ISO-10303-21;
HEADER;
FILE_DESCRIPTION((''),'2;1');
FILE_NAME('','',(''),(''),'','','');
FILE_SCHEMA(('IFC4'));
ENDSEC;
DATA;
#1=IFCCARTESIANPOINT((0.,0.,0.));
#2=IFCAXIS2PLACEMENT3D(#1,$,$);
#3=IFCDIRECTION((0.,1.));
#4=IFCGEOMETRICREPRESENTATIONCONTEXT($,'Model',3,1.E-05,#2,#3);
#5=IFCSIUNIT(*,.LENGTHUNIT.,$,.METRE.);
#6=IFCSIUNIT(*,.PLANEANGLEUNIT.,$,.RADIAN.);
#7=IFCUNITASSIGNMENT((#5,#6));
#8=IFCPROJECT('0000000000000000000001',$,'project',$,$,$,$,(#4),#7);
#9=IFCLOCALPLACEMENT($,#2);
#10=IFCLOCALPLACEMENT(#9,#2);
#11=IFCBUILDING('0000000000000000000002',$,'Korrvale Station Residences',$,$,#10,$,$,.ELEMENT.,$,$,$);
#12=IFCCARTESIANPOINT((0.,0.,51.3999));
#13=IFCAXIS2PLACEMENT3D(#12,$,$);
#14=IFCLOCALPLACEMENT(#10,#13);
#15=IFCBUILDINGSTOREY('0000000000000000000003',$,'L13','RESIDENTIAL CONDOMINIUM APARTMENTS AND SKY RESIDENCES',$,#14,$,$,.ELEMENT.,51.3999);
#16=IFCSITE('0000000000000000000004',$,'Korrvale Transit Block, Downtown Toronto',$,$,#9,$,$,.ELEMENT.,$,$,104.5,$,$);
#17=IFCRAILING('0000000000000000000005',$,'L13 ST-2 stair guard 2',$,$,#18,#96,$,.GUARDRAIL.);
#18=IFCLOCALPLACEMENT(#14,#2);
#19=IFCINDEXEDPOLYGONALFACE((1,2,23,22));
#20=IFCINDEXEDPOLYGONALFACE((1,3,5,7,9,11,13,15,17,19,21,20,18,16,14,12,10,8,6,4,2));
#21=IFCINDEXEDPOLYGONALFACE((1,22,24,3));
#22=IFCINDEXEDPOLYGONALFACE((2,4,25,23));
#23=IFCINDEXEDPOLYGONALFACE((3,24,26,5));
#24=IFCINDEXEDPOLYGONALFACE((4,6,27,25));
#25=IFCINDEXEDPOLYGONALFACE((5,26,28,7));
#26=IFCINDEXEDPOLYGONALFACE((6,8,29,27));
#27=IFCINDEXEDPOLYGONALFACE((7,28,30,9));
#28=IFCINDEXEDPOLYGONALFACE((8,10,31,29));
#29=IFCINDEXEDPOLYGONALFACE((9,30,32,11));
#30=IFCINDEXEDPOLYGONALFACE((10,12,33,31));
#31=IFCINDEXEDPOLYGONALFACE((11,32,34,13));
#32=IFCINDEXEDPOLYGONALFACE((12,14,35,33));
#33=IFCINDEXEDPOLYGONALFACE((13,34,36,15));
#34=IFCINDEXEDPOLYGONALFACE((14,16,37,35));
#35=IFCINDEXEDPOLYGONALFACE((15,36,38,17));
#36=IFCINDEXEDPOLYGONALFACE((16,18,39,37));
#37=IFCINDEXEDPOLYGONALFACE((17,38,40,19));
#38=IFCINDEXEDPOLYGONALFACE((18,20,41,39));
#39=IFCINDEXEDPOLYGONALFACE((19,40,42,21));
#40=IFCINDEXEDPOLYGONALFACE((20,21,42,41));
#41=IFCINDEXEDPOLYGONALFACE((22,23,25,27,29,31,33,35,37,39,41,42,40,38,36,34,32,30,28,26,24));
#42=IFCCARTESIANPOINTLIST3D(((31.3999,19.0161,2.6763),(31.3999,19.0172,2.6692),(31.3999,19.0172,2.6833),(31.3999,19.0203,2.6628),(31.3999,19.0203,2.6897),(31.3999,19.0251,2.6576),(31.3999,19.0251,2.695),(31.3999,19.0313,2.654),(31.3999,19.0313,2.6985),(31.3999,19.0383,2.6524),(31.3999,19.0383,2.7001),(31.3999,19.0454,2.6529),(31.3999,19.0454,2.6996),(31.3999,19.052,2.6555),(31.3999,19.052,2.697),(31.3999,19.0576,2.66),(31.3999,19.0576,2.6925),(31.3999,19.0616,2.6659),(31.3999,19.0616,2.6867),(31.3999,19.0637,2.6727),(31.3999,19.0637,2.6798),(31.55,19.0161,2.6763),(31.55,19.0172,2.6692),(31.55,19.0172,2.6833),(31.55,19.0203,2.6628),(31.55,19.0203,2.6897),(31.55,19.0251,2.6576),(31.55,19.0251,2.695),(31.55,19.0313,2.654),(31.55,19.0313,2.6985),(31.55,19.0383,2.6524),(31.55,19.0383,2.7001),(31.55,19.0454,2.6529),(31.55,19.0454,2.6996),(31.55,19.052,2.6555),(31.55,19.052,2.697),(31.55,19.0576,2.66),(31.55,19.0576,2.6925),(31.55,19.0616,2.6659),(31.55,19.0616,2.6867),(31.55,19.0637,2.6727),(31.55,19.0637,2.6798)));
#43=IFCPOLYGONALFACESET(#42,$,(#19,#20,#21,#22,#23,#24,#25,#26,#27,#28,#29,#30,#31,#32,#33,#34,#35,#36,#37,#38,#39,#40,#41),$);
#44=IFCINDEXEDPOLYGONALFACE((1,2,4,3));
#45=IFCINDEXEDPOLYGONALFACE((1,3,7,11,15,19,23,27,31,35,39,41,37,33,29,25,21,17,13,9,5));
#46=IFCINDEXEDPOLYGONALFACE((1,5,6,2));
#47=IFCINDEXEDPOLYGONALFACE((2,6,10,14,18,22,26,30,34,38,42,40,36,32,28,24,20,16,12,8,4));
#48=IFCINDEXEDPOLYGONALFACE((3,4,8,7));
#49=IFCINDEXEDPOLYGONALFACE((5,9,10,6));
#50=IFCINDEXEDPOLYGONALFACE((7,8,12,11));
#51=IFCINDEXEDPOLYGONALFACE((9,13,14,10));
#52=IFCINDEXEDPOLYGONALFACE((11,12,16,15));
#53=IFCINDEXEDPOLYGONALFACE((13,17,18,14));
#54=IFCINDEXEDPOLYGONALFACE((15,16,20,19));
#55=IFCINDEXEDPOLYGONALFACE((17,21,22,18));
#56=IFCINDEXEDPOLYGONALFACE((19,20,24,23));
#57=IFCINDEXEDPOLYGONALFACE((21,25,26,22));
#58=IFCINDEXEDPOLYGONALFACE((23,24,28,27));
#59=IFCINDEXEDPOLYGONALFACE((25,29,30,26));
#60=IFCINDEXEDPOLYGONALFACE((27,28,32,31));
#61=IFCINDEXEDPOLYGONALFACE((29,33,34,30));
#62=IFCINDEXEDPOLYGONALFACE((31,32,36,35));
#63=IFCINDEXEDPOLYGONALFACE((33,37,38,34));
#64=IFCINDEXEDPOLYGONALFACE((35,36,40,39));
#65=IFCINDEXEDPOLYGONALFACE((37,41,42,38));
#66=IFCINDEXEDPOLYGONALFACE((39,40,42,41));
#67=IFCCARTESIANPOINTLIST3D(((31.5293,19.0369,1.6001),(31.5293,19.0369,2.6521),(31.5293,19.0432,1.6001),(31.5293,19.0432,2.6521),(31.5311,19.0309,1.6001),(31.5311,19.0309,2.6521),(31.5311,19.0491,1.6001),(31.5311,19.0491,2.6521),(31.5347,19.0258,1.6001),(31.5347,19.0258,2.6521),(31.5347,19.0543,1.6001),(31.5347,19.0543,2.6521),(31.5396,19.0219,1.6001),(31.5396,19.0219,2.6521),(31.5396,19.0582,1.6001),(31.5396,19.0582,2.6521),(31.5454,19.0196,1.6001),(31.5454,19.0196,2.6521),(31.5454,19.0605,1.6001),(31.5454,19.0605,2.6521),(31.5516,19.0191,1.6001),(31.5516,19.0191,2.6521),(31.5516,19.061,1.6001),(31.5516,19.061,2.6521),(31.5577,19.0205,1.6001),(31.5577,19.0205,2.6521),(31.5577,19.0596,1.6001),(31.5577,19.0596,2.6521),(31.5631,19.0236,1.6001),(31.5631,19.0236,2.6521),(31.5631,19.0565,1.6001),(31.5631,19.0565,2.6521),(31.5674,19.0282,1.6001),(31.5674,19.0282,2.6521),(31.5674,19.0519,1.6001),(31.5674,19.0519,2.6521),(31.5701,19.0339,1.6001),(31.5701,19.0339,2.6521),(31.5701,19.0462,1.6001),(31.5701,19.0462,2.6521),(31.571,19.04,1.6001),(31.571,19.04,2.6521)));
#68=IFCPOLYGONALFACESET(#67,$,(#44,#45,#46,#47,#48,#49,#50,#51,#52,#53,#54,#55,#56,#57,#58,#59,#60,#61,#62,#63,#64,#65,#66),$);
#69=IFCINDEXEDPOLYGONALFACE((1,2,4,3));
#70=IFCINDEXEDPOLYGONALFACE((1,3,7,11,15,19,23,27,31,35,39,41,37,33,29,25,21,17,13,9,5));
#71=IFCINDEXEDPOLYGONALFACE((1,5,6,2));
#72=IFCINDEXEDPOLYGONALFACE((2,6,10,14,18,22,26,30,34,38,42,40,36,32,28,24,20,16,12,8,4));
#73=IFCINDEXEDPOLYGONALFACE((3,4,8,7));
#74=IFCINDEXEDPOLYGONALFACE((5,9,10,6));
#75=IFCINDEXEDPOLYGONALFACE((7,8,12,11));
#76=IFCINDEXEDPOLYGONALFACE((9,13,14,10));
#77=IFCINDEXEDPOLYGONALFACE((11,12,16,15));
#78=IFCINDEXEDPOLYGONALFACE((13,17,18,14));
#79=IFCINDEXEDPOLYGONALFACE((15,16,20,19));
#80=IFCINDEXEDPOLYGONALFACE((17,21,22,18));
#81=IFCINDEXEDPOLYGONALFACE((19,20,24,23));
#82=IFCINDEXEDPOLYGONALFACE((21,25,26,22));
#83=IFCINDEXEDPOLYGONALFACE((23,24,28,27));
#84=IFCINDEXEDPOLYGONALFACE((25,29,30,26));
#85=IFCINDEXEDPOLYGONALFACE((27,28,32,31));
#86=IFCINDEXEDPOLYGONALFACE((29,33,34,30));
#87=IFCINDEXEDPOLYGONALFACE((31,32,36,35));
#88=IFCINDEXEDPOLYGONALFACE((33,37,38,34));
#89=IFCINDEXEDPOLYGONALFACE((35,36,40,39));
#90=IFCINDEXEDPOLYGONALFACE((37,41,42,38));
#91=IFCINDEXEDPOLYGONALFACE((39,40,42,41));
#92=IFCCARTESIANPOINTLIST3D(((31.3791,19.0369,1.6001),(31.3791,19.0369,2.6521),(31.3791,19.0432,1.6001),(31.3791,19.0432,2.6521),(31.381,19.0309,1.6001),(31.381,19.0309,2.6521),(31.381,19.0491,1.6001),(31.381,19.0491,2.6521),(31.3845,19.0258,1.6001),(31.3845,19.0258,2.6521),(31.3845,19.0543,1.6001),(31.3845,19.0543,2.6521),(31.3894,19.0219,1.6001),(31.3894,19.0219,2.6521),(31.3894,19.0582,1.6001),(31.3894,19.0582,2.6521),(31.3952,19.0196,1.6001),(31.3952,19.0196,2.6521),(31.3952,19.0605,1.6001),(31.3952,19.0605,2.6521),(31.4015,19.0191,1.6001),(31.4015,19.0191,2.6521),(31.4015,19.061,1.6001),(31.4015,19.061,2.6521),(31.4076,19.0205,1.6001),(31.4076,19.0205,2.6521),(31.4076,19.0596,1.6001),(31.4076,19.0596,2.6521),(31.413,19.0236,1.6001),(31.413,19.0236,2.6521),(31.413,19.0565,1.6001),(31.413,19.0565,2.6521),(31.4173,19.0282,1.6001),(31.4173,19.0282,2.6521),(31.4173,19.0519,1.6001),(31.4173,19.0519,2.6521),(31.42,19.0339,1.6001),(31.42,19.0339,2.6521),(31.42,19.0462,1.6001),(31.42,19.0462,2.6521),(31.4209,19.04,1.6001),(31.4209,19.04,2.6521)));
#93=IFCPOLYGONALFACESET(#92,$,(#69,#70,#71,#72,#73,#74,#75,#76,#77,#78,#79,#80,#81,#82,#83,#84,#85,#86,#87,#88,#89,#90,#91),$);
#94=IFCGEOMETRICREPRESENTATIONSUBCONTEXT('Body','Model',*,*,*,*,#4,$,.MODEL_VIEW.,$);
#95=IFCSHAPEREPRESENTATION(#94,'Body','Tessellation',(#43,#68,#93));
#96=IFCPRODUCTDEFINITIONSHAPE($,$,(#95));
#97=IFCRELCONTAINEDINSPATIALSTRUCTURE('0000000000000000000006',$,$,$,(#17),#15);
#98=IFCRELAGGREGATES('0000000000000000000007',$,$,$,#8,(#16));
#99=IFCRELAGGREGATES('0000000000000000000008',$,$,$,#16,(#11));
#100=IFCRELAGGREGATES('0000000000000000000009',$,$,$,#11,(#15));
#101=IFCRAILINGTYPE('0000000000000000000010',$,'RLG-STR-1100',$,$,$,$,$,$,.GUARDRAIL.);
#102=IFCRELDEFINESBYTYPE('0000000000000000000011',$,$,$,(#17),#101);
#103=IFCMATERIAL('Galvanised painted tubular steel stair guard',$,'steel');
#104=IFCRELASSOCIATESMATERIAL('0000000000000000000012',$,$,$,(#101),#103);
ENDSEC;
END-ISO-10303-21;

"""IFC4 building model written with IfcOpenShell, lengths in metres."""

from ifc_helpers import new_model, si_unit, direction, frame, origin, origin_2d, place, context, subcontext, project, spatial, circle, extrude, material, type_object, element, save


model = new_model("IFC4")

# Units and contexts
model_context = context("Model", 3, precision=1e-05, world=origin(), true_north=direction((0.0, 1.0)))
body_context = subcontext(model_context, "Body", "Model", "MODEL_VIEW")
ifc_project = project(units=[si_unit("LENGTHUNIT", "METRE"), si_unit("PLANEANGLEUNIT", "RADIAN")], contexts=[model_context])

# Site, building, storey
site_placement = place(None, origin())
site = spatial("IfcSite", under=ifc_project, at=site_placement, Name="Korrvale Transit Block, Downtown Toronto", CompositionType="ELEMENT", RefElevation=104.5)
building_placement = place(site_placement, origin())
building = spatial("IfcBuilding", under=site, at=building_placement, Name="Korrvale Station Residences", CompositionType="ELEMENT")
storey_placement = place(building_placement, frame((0.0, 0.0, 51.3999)))
storey = spatial("IfcBuildingStorey", under=building, at=storey_placement, Name="L13", Description="RESIDENTIAL CONDOMINIUM APARTMENTS AND SKY RESIDENCES", CompositionType="ELEMENT", Elevation=51.3999)

# Railing
ifc_material_1 = material(Name="Galvanised painted tubular steel stair guard", Category="steel")
railing_type_1 = type_object("IfcRailingType", Name="RLG-STR-1100", PredefinedType="GUARDRAIL", material=ifc_material_1)
railing_1_placement = place(storey_placement, frame((31.55, 19.04, 1.6001)))
element("IfcRailing", 1, at=railing_1_placement, inside=storey, type_object=railing_type_1, Name="L13 ST-2 stair guard 2", PredefinedType="GUARDRAIL", context=body_context, shape_type="SweptSolid", body=[
    extrude(circle(Radius=0.0239, at=origin_2d()), frame((0.0, 0.0, 1.0762), z_axis=(-1.0, 0.0, 0.0), x_axis=(0.0, -1.0, 0.0)), (0.0, 0.0, 1.0), 0.1501),
    extrude(circle(Radius=0.021, at=origin_2d()), origin(), (0.0, 0.0, 1.0), 1.052),
    extrude(circle(Radius=0.021, at=origin_2d()), frame((-0.1501, 0.0, 0.0)), (0.0, 0.0, 1.0), 1.052),
])

save(model, "model.ifc")
